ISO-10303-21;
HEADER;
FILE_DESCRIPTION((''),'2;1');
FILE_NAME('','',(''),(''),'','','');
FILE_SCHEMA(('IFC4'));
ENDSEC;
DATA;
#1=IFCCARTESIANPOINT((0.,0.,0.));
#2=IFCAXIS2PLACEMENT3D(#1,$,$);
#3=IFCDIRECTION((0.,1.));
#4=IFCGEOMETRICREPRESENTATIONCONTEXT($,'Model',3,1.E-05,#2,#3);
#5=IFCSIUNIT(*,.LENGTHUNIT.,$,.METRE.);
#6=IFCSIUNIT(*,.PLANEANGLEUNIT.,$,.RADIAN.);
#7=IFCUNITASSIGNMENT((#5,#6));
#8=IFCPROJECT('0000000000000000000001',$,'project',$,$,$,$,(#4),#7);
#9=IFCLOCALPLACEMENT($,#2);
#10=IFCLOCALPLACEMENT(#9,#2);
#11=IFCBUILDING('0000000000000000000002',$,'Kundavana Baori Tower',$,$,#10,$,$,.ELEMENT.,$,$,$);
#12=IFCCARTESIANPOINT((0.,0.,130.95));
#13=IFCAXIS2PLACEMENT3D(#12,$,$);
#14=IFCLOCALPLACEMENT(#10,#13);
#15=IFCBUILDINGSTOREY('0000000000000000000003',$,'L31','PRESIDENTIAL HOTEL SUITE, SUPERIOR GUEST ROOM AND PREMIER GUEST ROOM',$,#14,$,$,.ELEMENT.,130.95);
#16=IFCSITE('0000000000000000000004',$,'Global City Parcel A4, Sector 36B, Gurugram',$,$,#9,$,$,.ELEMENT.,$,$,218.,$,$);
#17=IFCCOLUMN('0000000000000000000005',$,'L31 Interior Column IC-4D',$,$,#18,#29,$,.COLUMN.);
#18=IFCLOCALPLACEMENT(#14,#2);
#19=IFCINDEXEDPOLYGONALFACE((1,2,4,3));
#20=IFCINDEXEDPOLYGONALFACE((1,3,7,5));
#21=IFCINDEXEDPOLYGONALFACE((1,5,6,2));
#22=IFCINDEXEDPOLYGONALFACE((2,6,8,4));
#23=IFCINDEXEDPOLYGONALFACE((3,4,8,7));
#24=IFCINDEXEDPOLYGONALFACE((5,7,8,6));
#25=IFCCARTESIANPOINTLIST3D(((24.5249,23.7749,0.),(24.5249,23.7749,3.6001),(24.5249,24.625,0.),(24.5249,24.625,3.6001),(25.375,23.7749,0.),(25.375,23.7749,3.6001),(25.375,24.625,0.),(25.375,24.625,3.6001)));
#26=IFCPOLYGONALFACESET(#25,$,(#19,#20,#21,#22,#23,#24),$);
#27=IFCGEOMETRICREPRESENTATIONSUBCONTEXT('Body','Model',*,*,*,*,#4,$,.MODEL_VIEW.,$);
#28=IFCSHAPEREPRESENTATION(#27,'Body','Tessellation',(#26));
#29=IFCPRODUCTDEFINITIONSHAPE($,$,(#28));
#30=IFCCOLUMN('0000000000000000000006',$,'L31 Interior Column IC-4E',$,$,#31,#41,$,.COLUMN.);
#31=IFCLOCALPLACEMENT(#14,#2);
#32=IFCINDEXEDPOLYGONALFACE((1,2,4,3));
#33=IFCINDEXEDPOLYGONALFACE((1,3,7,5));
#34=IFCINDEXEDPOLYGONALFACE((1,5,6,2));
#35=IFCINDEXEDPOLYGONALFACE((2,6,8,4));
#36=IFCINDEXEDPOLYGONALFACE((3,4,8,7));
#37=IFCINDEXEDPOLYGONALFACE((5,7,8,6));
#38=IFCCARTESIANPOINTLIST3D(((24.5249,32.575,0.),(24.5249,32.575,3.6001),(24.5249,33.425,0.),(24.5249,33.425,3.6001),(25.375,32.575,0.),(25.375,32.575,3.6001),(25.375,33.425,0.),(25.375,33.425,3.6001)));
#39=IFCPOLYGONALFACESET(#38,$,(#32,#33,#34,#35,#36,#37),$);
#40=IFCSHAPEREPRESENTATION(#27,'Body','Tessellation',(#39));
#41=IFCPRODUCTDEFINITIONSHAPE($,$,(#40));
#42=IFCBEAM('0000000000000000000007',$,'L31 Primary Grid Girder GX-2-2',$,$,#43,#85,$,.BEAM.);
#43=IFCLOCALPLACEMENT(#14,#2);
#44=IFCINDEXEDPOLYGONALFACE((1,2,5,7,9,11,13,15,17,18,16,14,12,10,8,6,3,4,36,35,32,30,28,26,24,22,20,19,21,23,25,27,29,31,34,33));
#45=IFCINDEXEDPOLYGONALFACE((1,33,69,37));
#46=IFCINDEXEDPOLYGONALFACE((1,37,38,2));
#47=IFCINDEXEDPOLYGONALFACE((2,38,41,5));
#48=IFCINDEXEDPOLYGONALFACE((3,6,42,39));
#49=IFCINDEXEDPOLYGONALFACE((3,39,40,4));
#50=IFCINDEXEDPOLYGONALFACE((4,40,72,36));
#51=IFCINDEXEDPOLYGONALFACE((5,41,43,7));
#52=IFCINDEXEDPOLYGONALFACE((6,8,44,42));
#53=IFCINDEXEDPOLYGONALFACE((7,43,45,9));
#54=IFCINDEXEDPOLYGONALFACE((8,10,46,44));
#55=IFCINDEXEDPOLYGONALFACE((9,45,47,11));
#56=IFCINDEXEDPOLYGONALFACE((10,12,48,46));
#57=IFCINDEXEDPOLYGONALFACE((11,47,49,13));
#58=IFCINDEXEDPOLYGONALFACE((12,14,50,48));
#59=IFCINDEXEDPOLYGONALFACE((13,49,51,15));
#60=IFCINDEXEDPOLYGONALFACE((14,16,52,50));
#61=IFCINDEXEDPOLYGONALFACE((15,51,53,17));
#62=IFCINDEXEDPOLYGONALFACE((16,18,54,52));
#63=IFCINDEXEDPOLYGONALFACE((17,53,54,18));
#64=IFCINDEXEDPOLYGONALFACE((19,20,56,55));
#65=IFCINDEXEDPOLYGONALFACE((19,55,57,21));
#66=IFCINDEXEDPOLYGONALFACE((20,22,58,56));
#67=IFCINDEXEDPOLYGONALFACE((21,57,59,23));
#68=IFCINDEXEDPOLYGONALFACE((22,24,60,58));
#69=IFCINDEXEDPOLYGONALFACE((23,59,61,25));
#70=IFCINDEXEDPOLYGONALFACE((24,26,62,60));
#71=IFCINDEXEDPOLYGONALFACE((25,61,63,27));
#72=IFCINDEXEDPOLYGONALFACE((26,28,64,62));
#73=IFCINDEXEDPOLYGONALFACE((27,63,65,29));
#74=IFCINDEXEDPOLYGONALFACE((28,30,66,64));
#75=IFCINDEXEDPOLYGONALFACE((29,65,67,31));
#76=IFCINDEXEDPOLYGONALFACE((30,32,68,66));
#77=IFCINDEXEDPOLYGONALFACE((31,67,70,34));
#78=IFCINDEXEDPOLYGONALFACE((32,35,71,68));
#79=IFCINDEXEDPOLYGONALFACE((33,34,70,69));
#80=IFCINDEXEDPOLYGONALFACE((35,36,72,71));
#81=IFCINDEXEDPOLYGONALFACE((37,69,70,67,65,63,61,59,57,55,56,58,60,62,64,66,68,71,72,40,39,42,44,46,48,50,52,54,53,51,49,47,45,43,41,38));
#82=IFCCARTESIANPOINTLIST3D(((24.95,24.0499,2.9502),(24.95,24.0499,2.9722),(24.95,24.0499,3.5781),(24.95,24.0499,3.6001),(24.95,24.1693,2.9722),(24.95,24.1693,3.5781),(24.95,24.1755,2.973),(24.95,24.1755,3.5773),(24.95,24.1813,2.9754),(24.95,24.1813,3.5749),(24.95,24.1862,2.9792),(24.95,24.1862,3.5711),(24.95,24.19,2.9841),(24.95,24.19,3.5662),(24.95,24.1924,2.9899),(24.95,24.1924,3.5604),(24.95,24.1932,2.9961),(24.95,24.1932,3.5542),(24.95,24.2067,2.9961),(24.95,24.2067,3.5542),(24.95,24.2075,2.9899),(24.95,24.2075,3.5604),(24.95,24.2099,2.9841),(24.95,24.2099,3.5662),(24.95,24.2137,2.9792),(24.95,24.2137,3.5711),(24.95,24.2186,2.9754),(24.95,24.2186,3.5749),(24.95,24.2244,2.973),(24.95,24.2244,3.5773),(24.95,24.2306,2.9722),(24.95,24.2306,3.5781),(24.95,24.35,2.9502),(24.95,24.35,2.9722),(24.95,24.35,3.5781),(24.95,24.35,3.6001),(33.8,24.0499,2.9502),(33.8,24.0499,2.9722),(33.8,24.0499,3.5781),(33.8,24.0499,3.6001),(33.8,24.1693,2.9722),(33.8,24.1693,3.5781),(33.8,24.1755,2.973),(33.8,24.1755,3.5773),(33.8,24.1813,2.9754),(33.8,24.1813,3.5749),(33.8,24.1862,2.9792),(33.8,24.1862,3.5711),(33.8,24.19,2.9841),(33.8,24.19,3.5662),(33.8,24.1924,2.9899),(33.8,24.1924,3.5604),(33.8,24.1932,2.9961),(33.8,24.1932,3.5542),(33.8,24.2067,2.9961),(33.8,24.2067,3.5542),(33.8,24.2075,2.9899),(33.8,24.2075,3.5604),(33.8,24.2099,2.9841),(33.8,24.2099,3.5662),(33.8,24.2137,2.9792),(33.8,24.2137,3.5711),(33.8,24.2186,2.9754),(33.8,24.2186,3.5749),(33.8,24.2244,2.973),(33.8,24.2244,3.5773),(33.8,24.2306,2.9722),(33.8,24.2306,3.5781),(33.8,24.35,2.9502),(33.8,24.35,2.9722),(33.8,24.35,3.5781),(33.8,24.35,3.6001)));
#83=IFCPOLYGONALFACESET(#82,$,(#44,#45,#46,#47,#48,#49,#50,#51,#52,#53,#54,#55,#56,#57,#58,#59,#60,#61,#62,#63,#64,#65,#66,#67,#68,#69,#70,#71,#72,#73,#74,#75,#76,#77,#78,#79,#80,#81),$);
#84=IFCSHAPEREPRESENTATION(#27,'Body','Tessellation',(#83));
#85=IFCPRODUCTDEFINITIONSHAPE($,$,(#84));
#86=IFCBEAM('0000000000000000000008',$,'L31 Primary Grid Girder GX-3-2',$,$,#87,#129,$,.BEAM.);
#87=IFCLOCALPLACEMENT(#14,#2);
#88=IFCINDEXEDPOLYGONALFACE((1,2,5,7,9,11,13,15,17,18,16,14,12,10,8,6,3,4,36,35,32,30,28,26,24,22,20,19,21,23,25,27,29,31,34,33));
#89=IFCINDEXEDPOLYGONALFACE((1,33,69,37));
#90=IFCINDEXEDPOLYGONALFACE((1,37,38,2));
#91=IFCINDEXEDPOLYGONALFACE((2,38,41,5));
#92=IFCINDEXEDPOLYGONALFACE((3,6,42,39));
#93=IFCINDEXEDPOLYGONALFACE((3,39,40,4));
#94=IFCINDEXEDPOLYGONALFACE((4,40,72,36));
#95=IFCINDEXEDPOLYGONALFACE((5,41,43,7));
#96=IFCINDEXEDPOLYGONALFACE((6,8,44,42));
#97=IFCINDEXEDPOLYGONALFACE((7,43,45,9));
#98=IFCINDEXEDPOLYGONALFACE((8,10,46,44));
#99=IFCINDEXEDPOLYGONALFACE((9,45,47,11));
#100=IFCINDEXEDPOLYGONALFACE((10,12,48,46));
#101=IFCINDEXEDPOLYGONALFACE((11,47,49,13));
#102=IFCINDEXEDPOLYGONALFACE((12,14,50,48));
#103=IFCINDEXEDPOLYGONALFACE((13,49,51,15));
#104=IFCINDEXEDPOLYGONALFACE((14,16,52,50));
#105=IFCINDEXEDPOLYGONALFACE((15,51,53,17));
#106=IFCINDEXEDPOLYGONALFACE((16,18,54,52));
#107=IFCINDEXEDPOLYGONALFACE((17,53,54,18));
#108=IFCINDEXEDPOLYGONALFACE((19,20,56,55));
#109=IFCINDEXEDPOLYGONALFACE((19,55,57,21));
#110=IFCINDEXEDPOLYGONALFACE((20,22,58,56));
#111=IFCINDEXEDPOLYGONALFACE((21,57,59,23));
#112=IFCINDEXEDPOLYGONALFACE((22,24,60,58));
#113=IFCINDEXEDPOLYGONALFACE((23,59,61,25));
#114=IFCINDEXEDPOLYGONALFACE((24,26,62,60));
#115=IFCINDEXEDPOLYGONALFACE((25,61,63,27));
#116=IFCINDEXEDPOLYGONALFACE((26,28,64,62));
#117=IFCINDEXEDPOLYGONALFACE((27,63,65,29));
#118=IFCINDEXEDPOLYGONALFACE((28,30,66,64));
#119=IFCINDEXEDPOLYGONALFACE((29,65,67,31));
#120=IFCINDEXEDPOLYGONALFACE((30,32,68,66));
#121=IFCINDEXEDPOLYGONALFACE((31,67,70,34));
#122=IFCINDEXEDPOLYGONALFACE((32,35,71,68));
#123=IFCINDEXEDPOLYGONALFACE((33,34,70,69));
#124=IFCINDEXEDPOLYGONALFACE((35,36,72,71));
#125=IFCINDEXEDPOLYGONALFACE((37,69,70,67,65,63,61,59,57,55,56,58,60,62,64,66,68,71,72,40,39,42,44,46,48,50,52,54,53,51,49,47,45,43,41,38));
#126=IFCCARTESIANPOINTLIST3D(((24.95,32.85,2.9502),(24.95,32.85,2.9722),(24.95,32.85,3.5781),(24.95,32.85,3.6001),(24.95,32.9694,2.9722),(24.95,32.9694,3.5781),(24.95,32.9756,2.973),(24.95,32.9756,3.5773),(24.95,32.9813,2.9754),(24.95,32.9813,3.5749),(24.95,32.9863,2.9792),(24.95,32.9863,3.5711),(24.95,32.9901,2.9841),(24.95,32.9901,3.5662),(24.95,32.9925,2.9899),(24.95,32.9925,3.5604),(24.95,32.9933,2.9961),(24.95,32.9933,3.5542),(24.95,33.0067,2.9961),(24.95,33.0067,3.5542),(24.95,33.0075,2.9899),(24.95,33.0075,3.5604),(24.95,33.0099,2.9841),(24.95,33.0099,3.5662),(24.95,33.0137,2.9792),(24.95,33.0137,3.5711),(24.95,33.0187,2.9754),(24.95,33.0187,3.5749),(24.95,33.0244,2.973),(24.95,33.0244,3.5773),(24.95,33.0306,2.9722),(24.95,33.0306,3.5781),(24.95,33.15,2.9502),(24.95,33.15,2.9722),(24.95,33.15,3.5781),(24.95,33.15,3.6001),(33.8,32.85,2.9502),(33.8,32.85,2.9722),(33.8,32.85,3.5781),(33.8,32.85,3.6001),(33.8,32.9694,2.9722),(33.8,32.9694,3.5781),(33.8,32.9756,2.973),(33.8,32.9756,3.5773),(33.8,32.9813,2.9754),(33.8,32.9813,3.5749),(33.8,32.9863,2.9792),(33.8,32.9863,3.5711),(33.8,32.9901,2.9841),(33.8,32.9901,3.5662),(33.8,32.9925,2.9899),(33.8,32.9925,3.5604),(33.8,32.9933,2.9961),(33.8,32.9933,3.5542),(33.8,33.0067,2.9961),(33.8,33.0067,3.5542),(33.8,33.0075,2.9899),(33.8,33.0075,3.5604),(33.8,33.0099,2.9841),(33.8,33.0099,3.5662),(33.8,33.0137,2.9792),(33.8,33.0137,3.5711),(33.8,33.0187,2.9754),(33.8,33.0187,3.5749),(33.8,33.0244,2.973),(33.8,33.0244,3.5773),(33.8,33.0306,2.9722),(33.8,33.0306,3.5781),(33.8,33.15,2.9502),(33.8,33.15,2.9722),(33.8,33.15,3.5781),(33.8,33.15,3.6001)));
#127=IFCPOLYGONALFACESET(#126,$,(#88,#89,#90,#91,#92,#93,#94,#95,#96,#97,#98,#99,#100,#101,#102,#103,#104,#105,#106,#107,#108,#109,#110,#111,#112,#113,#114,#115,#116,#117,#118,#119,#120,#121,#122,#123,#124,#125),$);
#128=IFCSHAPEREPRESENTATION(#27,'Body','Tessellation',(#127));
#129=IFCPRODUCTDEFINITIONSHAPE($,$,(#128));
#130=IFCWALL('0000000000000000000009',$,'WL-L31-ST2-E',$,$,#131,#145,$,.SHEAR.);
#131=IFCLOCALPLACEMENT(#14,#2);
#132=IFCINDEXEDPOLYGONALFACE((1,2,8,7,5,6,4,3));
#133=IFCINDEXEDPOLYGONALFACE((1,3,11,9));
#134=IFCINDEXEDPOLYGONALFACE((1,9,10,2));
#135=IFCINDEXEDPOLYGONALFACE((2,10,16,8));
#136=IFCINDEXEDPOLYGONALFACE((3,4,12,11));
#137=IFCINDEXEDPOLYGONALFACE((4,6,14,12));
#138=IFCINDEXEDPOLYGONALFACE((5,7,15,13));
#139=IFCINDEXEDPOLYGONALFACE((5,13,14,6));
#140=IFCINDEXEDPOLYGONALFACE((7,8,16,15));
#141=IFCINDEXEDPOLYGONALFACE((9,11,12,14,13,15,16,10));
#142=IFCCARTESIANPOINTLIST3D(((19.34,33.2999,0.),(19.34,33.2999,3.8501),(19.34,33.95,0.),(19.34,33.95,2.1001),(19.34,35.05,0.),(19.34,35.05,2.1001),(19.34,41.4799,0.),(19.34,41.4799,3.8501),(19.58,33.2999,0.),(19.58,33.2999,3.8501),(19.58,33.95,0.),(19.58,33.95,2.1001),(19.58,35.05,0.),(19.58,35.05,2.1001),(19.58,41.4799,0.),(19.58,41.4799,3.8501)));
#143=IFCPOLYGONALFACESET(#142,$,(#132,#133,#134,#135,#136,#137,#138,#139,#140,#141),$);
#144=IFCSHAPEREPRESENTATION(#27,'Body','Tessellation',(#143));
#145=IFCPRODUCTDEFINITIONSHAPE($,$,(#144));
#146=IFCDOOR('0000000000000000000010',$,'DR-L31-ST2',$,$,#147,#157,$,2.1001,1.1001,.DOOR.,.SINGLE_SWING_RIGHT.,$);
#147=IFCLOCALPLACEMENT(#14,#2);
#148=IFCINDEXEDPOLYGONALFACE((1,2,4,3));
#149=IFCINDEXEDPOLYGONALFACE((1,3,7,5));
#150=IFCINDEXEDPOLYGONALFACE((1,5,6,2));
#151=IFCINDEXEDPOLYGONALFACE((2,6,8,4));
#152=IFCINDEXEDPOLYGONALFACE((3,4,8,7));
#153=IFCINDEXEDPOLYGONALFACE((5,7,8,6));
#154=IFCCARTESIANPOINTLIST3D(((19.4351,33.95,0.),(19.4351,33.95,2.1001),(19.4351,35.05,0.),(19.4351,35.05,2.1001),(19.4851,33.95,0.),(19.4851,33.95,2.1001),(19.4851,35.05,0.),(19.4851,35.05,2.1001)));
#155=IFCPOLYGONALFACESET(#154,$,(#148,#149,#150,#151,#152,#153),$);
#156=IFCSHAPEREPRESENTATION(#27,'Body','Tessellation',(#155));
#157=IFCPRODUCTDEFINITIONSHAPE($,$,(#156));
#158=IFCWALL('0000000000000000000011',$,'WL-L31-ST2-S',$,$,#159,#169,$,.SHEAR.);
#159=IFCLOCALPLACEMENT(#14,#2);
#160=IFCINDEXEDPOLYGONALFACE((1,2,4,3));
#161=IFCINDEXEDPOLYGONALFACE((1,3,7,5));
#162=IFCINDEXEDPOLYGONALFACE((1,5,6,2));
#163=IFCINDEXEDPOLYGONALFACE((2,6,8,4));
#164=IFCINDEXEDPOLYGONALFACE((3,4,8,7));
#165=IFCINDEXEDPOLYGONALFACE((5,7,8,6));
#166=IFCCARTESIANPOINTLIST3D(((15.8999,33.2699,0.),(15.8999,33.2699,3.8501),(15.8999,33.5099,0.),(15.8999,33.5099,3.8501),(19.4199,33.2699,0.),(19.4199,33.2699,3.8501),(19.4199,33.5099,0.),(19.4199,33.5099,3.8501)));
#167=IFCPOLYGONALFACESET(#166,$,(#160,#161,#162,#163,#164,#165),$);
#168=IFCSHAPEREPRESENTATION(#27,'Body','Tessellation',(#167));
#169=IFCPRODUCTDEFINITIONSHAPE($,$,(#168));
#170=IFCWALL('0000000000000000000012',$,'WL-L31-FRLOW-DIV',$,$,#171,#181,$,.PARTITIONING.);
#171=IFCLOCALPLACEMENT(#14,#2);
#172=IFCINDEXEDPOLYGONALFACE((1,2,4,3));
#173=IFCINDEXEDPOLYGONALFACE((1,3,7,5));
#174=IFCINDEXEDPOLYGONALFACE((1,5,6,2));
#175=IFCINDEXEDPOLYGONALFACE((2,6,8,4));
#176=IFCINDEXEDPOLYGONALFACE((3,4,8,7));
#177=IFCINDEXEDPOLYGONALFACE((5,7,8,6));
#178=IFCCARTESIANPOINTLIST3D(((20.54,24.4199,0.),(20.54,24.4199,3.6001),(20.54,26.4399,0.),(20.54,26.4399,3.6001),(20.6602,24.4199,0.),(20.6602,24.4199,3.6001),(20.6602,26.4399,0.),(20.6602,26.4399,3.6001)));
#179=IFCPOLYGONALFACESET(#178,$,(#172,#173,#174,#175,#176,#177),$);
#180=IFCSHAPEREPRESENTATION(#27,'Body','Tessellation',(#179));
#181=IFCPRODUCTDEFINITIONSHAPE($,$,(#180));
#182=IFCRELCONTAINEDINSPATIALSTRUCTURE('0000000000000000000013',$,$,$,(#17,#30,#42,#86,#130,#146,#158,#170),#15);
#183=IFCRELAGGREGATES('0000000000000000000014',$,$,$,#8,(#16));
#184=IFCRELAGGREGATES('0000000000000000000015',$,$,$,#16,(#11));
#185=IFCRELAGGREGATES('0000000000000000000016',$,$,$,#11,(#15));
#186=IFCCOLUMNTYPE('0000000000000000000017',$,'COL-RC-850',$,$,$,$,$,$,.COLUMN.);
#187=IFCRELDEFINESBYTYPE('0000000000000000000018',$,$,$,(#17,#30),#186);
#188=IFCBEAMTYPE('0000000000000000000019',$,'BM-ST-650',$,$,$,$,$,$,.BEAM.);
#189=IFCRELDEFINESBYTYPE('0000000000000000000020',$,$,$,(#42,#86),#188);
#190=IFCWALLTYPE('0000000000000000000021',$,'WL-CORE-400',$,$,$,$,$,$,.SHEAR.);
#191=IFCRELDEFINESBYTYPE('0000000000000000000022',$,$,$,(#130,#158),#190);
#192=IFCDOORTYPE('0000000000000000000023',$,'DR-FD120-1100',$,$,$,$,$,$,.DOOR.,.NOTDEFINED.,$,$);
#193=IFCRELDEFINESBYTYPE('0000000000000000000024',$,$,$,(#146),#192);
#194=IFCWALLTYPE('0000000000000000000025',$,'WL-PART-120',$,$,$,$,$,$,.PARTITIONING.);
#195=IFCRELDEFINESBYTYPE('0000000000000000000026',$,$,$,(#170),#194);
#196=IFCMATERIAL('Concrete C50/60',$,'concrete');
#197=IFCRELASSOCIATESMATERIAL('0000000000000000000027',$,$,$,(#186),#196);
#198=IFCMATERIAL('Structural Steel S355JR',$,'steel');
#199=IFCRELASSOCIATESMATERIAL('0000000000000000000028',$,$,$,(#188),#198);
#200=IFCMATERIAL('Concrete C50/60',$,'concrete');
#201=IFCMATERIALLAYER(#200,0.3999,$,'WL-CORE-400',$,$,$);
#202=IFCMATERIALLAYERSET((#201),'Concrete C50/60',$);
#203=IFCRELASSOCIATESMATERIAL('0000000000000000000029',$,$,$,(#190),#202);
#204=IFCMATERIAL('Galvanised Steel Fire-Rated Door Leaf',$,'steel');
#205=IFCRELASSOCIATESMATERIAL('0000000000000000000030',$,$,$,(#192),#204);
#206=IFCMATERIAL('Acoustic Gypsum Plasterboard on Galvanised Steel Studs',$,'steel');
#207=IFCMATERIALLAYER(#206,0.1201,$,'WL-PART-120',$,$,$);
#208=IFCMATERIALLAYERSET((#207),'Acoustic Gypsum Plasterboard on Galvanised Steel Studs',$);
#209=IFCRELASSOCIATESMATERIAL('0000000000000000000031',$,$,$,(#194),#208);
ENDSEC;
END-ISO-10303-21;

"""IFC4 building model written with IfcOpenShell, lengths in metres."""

from ifc_helpers import new_model, si_unit, direction, frame, frame_2d, origin, origin_2d, place, context, subcontext, project, spatial, rectangle, i_section, extrude, material, layer, layer_set, material_profile, profile_set, type_object, element, fill, save


model = new_model("IFC4")

# Units and contexts
model_context = context("Model", 3, precision=1e-05, world=origin(), true_north=direction((0.0, 1.0)))
body_context = subcontext(model_context, "Body", "Model", "MODEL_VIEW")
ifc_project = project(units=[si_unit("LENGTHUNIT", "METRE"), si_unit("PLANEANGLEUNIT", "RADIAN")], contexts=[model_context])

# Site, building, storey
site_placement = place(None, origin())
site = spatial("IfcSite", under=ifc_project, at=site_placement, Name="Global City Parcel A4, Sector 36B, Gurugram", CompositionType="ELEMENT", RefElevation=218.0)
building_placement = place(site_placement, origin())
building = spatial("IfcBuilding", under=site, at=building_placement, Name="Kundavana Baori Tower", CompositionType="ELEMENT")
storey_placement = place(building_placement, frame((0.0, 0.0, 130.95)))
storey = spatial("IfcBuildingStorey", under=building, at=storey_placement, Name="L31", Description="PRESIDENTIAL HOTEL SUITE, SUPERIOR GUEST ROOM AND PREMIER GUEST ROOM", CompositionType="ELEMENT", Elevation=130.95)

# Columns
ifc_material_1 = material(Name="Concrete C50/60", Category="concrete")
ifc_material_profile_1 = material_profile(ifc_material_1, rectangle(XDim=0.8501, YDim=0.8501, at=origin_2d()), Name="RC 850x850")
ifc_profile_set_1 = profile_set([ifc_material_profile_1], Name="Concrete C50/60")
column_type = type_object("IfcColumnType", Name="COL-RC-850", PredefinedType="COLUMN", material=ifc_profile_set_1)
for number, where, z_axis, x_axis, name in (
    (1, (24.95, 24.2, 0.0), (0.0, 0.0, 1.0), (1.0, 0.0, 0.0), "L31 Interior Column IC-4D"),
    (2, (24.95, 33.0, 0.0), (0.0, 0.0, 1.0), (1.0, 0.0, 0.0), "L31 Interior Column IC-4E"),
):
    element("IfcColumn", number, at=place(storey_placement, frame(where, z_axis=z_axis, x_axis=x_axis)), inside=storey, type_object=column_type, Name=name, PredefinedType="COLUMN", context=body_context, shape_type="SweptSolid", body=[
        extrude(rectangle(XDim=0.8501, YDim=0.8501, at=origin_2d()), origin(), (0.0, 0.0, 1.0), 3.6001),
    ])

# Beams
ifc_material_2 = material(Name="Structural Steel S355JR", Category="steel")
ifc_material_profile_2 = material_profile(ifc_material_2, i_section(OverallWidth=0.3, OverallDepth=0.6499, WebThickness=0.0134, FlangeThickness=0.022, FilletRadius=0.0239, at=origin_2d()), Name="NPB 650x300x155")
ifc_profile_set_2 = profile_set([ifc_material_profile_2], Name="Structural Steel S355JR")
beam_type = type_object("IfcBeamType", Name="BM-ST-650", PredefinedType="BEAM", material=ifc_profile_set_2)
for number, where, z_axis, x_axis, name in (
    (3, (24.95, 24.2, 3.2751), (1.0, 0.0, 0.0), (0.0, 1.0, 0.0), "L31 Primary Grid Girder GX-2-2"),
    (4, (24.95, 33.0, 3.2751), (1.0, 0.0, 0.0), (0.0, 1.0, 0.0), "L31 Primary Grid Girder GX-3-2"),
):
    element("IfcBeam", number, at=place(storey_placement, frame(where, z_axis=z_axis, x_axis=x_axis)), inside=storey, type_object=beam_type, Name=name, PredefinedType="BEAM", context=body_context, shape_type="SweptSolid", body=[
        extrude(i_section(OverallWidth=0.3, OverallDepth=0.6499, WebThickness=0.0134, FlangeThickness=0.022, FilletRadius=0.0239, at=origin_2d()), origin(), (0.0, 0.0, 1.0), 8.8501),
    ])

# Wall, opening, door
ifc_material_3 = material(Name="Concrete C50/60", Category="concrete")
ifc_layer_1 = layer(ifc_material_3, 0.3999, Name="WL-CORE-400")
ifc_layer_set_1 = layer_set([ifc_layer_1], Name="Concrete C50/60")
wall_type_1 = type_object("IfcWallType", Name="WL-CORE-400", PredefinedType="SHEAR", material=ifc_layer_set_1)
wall_1_placement = place(storey_placement, frame((19.46, 33.3, 0.0), z_axis=(0.0, 0.0, 1.0), x_axis=(0.0, 1.0, 0.0)))
wall_1 = element("IfcWall", 5, at=wall_1_placement, inside=storey, type_object=wall_type_1, Name="WL-L31-ST2-E", PredefinedType="SHEAR", context=body_context, shape_type="SweptSolid", body=[
    extrude(rectangle(XDim=8.1799, YDim=0.24, at=frame_2d((4.0898, 0.0))), origin(), (0.0, 0.0, 1.0), 3.8501),
])
opening_1_placement = place(wall_1_placement, frame((0.6499, 0.0, 0.0)))
opening_1 = element("IfcOpeningElement", 6, at=opening_1_placement, cuts=wall_1, PredefinedType="OPENING", context=body_context, shape_type="SweptSolid", body=[
    extrude(rectangle(XDim=1.1001, YDim=2.1001, at=frame_2d((0.55, 1.05))), frame((0.0, 0.1299, 0.0), z_axis=(0.0, -1.0, 0.0), x_axis=(1.0, 0.0, 0.0)), (0.0, 0.0, 1.0), 0.26),
])
ifc_material_4 = material(Name="Galvanised Steel Fire-Rated Door Leaf", Category="steel")
door_type_1 = type_object("IfcDoorType", Name="DR-FD120-1100", OperationType="NOTDEFINED", PredefinedType="DOOR", material=ifc_material_4)
door_1_placement = place(opening_1_placement, origin())
door_1 = element("IfcDoor", 7, at=door_1_placement, inside=storey, type_object=door_type_1, Name="DR-L31-ST2", OperationType="SINGLE_SWING_RIGHT", OverallHeight=2.1001, OverallWidth=1.1001, PredefinedType="DOOR", context=body_context, shape_type="SweptSolid", body=[
    extrude(rectangle(XDim=1.1001, YDim=2.1001, at=frame_2d((0.55, 1.05))), frame((0.0, 0.0249, 0.0), z_axis=(0.0, -1.0, 0.0), x_axis=(1.0, 0.0, 0.0)), (0.0, 0.0, 1.0), 0.05),
])
fill(opening_1, door_1)

# Walls
wall_2_placement = place(storey_placement, frame((15.8999, 33.3899, 0.0), z_axis=(0.0, 0.0, 1.0), x_axis=(1.0, 0.0, 0.0)))
element("IfcWall", 8, at=wall_2_placement, inside=storey, type_object=wall_type_1, Name="WL-L31-ST2-S", PredefinedType="SHEAR", context=body_context, shape_type="SweptSolid", body=[
    extrude(rectangle(XDim=3.52, YDim=0.24, at=frame_2d((1.76, 0.0))), origin(), (0.0, 0.0, 1.0), 3.8501),
])
ifc_material_5 = material(Name="Acoustic Gypsum Plasterboard on Galvanised Steel Studs", Category="steel")
ifc_layer_2 = layer(ifc_material_5, 0.1201, Name="WL-PART-120")
ifc_layer_set_2 = layer_set([ifc_layer_2], Name="Acoustic Gypsum Plasterboard on Galvanised Steel Studs")
wall_type_2 = type_object("IfcWallType", Name="WL-PART-120", PredefinedType="PARTITIONING", material=ifc_layer_set_2)
wall_3_placement = place(storey_placement, frame((20.6001, 24.4199, 0.0), z_axis=(0.0, 0.0, 1.0), x_axis=(0.0, 1.0, 0.0)))
element("IfcWall", 9, at=wall_3_placement, inside=storey, type_object=wall_type_2, Name="WL-L31-FRLOW-DIV", PredefinedType="PARTITIONING", context=body_context, shape_type="SweptSolid", body=[
    extrude(rectangle(XDim=2.02, YDim=0.1201, at=frame_2d((1.01, 0.0))), origin(), (0.0, 0.0, 1.0), 3.6001),
])

save(model, "model.ifc")
